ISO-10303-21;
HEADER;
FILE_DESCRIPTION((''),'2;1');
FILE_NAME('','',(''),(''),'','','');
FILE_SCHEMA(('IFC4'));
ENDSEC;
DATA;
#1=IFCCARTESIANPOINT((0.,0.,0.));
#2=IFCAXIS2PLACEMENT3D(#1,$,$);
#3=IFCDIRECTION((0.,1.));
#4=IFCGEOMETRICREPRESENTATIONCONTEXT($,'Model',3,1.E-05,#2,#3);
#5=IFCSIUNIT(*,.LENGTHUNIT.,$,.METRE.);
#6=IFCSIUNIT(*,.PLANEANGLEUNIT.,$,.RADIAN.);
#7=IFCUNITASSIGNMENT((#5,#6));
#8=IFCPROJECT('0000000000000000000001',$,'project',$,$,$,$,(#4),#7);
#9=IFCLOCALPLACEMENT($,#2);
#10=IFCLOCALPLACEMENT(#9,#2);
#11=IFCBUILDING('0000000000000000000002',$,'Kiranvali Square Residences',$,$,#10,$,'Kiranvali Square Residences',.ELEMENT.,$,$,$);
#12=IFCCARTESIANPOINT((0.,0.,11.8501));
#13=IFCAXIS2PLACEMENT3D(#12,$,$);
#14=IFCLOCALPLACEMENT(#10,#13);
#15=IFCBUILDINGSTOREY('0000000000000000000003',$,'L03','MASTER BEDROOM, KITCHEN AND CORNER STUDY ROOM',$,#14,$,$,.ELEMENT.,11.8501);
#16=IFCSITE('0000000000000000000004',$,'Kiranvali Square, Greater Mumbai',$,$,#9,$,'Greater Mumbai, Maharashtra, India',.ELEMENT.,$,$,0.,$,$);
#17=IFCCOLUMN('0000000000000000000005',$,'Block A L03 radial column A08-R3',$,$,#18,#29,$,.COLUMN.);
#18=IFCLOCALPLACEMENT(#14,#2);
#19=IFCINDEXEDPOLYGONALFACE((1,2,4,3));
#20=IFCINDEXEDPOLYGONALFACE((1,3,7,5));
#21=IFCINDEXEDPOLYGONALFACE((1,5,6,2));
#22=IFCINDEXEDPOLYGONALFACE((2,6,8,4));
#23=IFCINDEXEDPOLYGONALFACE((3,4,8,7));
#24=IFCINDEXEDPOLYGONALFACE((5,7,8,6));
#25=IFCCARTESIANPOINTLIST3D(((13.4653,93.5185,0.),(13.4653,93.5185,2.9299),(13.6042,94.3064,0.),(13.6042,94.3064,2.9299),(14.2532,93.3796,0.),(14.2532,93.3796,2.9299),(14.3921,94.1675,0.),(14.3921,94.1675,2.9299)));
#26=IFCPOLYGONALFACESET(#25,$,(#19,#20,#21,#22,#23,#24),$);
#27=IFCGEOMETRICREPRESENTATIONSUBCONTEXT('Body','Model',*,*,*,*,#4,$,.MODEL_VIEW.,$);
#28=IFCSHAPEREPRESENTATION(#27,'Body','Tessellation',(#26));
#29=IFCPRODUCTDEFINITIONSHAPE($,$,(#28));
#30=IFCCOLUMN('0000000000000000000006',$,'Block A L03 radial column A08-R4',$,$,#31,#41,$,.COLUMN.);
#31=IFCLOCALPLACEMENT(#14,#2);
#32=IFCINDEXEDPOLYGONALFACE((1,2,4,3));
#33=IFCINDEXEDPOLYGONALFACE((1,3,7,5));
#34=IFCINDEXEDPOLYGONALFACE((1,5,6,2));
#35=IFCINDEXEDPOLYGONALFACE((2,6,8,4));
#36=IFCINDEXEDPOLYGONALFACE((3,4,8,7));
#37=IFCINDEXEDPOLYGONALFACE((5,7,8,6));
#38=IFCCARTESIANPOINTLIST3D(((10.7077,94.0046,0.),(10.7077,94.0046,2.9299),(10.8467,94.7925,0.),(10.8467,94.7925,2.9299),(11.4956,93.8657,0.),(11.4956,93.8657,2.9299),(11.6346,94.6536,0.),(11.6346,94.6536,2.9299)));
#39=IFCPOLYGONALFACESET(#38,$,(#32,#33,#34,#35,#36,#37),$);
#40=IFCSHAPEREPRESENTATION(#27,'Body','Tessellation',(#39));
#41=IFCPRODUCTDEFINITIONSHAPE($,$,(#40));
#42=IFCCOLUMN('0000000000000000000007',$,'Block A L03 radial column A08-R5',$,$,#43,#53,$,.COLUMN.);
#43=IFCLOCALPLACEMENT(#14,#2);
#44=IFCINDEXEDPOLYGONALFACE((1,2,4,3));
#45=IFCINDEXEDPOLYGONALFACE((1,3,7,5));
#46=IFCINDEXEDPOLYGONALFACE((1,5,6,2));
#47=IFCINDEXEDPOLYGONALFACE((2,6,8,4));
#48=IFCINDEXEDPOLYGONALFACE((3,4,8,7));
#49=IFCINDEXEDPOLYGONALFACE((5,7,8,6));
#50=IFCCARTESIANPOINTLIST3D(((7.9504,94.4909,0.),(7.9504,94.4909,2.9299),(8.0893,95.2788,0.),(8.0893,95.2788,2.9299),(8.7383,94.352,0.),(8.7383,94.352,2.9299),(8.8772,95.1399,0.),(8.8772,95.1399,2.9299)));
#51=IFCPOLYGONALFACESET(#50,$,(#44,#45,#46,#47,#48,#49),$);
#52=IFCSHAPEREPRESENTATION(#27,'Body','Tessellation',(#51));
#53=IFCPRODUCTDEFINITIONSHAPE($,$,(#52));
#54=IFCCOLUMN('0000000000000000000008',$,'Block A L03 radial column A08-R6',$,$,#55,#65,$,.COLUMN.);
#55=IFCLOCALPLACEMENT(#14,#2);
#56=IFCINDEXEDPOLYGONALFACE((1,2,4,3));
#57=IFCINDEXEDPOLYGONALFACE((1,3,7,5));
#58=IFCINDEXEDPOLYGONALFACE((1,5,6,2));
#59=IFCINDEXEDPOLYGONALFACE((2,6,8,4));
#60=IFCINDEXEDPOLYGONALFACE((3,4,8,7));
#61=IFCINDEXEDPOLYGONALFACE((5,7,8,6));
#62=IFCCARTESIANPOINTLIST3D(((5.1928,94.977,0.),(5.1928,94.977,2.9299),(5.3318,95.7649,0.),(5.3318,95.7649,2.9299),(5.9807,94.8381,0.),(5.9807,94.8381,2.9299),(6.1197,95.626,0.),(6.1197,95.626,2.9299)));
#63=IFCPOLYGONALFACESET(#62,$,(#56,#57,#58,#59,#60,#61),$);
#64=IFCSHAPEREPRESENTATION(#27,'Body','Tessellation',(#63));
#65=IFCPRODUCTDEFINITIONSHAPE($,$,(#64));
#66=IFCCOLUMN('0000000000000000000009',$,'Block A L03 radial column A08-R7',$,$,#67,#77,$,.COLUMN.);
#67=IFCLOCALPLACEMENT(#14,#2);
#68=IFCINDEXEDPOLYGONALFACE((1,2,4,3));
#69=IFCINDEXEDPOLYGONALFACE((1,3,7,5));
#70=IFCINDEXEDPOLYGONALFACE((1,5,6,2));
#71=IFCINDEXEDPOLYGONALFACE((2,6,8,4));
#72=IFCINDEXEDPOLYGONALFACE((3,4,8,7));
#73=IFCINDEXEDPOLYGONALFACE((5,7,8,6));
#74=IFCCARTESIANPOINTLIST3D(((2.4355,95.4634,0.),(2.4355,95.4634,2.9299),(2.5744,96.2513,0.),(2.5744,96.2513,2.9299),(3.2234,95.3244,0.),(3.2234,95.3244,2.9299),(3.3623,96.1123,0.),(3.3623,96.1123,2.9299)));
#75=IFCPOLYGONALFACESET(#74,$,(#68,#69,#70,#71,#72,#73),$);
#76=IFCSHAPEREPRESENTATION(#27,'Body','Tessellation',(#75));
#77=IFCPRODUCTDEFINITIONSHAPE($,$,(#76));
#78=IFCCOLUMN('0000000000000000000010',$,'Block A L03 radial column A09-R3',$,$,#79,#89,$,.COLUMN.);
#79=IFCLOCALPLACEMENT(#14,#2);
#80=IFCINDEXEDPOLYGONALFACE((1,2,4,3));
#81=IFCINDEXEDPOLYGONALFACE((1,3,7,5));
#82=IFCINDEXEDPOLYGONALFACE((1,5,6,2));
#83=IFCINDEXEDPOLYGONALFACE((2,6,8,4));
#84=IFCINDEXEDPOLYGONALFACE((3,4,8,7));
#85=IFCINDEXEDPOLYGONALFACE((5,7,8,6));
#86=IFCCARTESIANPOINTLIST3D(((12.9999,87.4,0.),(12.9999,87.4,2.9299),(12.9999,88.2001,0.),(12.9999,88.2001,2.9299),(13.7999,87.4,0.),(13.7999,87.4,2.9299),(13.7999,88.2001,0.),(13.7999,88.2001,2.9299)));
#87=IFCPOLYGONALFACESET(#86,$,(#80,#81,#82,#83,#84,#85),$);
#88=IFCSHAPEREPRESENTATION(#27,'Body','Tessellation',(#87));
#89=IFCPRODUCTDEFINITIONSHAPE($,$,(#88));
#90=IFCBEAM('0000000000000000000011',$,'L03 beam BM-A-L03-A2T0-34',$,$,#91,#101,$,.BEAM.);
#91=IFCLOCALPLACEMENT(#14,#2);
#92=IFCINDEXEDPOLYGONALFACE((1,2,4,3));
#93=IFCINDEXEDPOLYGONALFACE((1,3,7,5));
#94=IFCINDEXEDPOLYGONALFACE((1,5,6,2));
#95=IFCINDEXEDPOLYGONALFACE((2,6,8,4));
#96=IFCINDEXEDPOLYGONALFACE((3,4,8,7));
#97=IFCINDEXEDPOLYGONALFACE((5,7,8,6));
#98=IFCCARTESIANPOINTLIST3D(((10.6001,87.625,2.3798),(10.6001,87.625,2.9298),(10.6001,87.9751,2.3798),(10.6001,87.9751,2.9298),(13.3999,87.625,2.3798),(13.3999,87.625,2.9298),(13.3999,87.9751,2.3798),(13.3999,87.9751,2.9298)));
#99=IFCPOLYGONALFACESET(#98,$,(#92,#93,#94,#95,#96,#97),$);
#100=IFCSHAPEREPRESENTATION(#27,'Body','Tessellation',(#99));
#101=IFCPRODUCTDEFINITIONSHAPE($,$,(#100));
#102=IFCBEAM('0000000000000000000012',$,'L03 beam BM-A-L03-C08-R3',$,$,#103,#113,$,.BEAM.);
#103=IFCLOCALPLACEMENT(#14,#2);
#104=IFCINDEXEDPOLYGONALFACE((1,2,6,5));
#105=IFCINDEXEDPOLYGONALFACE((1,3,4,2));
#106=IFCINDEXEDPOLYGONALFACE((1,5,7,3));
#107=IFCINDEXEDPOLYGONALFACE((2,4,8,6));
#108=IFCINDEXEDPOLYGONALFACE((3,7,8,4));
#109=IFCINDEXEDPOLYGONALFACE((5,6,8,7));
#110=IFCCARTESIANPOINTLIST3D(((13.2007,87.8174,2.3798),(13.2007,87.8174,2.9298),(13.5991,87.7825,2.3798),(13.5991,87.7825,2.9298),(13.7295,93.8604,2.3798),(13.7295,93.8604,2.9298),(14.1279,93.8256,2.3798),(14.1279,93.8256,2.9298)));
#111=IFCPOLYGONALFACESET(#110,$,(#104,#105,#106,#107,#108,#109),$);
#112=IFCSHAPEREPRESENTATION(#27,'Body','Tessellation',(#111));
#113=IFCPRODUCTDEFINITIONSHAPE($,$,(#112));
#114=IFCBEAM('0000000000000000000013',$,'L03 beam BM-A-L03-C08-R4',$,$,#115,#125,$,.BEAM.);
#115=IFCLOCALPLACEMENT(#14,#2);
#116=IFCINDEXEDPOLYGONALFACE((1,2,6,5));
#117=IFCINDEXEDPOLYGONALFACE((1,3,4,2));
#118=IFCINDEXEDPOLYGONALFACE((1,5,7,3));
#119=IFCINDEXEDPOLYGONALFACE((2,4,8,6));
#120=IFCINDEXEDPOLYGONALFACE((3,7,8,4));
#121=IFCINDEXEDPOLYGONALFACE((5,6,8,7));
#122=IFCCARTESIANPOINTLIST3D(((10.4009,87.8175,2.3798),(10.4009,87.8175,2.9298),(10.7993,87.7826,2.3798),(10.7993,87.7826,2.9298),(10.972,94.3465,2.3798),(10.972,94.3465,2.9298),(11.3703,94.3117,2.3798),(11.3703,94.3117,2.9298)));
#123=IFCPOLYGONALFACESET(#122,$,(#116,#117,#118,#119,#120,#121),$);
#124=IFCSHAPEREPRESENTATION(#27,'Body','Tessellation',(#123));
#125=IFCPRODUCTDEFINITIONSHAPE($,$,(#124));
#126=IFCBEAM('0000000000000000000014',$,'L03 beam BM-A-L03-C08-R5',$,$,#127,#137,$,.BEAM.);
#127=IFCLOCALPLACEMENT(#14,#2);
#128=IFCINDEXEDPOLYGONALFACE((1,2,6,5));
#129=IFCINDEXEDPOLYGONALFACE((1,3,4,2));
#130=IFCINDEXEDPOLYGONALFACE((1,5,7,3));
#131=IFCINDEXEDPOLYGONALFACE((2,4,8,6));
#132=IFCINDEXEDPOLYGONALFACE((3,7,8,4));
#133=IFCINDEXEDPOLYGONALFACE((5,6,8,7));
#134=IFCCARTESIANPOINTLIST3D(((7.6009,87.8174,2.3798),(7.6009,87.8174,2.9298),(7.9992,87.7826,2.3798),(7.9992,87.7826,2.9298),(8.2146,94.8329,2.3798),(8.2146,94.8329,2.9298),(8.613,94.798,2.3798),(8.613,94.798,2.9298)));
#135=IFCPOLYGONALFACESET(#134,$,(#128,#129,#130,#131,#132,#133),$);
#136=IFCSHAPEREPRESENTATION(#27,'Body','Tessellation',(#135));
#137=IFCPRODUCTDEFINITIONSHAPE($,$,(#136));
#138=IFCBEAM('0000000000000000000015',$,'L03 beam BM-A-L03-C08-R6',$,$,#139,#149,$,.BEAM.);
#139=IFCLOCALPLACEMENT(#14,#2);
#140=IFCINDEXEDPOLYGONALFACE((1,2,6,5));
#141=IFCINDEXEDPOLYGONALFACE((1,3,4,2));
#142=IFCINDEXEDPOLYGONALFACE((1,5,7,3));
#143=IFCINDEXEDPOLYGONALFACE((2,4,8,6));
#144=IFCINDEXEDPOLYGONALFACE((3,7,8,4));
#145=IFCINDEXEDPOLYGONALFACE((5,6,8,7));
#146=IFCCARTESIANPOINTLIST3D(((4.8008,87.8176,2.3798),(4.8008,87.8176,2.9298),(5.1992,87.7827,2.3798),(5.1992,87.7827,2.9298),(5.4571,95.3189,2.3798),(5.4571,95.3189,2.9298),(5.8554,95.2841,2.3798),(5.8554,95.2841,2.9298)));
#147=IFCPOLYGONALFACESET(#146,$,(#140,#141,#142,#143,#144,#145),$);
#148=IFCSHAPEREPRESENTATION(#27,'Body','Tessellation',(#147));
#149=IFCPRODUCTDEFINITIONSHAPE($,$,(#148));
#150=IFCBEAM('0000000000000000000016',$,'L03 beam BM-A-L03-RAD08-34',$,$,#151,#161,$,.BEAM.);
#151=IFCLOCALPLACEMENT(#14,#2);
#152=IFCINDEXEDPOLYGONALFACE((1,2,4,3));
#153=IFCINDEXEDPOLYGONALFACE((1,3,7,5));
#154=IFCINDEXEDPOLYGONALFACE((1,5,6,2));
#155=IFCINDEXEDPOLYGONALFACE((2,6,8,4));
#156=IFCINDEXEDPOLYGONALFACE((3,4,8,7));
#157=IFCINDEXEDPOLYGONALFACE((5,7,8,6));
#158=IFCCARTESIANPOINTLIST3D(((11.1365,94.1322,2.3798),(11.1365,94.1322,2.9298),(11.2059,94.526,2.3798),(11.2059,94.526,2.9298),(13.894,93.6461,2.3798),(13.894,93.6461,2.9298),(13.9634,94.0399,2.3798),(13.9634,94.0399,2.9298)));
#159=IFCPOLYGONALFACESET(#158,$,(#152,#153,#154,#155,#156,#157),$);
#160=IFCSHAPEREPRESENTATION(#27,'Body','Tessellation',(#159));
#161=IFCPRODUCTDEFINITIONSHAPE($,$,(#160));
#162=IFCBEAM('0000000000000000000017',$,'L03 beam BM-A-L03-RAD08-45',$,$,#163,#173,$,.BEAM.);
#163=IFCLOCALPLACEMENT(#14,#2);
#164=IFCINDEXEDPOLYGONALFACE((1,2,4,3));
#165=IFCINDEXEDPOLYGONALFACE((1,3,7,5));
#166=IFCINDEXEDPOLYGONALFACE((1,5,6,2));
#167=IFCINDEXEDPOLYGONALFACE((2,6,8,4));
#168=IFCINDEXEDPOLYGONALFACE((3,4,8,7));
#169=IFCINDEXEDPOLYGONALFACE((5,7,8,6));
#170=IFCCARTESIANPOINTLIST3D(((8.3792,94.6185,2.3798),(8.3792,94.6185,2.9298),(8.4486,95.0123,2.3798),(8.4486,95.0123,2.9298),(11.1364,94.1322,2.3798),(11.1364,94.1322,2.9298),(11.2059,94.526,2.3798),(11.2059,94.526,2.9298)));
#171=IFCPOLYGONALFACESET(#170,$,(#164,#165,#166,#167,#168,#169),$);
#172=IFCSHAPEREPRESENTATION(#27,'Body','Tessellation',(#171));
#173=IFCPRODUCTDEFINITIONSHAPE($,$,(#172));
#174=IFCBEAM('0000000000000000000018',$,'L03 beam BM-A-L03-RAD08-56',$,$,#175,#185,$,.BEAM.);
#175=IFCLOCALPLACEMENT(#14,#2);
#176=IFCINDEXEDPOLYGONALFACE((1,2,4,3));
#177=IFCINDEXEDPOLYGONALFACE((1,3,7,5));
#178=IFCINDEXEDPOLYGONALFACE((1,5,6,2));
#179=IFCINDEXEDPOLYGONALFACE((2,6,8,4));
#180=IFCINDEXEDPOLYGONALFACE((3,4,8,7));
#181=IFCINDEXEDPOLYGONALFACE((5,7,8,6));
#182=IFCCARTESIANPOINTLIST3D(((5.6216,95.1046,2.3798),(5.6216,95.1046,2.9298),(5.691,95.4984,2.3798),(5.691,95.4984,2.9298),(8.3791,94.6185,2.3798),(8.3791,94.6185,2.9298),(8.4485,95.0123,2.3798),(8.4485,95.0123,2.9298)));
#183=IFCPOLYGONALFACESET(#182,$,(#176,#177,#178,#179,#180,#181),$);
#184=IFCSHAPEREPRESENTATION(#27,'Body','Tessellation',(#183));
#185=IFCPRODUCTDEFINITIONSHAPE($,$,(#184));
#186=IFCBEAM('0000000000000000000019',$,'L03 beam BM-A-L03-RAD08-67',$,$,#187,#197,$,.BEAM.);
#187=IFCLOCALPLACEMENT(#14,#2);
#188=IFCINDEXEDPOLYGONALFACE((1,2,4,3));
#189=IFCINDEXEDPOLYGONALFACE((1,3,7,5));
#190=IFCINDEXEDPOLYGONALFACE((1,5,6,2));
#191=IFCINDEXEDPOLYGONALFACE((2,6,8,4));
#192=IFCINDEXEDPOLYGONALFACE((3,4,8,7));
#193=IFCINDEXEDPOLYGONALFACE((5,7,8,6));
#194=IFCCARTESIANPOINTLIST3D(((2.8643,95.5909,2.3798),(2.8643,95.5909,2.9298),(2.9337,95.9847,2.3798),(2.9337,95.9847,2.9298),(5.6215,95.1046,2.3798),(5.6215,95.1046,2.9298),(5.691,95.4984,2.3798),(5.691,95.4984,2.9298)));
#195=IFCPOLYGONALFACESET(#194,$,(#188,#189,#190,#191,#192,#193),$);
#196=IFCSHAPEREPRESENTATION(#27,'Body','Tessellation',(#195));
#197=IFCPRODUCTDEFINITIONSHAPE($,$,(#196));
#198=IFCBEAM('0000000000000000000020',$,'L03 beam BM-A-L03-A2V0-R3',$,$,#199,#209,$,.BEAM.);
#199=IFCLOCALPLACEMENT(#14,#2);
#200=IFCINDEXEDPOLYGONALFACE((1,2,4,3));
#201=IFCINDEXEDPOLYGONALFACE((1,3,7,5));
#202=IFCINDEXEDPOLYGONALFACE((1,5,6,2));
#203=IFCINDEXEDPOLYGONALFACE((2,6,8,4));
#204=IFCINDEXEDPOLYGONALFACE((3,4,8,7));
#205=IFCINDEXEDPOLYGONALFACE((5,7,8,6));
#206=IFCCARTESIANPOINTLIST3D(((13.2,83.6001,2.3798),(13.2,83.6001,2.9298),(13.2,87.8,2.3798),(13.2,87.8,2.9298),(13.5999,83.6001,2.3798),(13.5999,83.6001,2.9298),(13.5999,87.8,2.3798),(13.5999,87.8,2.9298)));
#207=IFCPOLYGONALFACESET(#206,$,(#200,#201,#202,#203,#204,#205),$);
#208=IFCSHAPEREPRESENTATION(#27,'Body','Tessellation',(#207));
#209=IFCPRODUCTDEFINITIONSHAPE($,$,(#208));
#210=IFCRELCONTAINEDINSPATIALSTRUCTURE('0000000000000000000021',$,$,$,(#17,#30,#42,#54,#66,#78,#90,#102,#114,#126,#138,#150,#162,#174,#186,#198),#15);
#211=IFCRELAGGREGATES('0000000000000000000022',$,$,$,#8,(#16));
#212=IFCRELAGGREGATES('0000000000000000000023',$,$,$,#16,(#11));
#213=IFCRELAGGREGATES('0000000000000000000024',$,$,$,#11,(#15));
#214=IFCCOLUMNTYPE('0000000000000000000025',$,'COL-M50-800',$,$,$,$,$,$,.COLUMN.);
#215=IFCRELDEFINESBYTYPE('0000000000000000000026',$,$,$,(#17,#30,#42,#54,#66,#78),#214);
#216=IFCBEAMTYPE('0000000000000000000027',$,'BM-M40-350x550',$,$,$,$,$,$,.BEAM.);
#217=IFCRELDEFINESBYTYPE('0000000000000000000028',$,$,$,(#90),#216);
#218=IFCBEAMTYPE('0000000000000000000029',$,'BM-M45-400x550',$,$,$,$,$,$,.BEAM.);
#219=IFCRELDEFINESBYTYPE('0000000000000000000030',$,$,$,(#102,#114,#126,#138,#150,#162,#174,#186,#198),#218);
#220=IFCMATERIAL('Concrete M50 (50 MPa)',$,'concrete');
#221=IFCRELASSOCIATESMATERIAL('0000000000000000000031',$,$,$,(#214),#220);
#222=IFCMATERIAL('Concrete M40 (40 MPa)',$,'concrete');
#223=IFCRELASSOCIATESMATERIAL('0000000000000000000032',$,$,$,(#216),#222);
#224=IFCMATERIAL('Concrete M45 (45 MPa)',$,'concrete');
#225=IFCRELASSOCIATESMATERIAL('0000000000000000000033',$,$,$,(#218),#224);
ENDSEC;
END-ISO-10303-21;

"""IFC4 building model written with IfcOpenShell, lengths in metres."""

from ifc_helpers import new_model, si_unit, direction, frame, origin, origin_2d, place, context, subcontext, project, spatial, rectangle, extrude, material, material_profile, profile_set, type_object, element, save


model = new_model("IFC4")

# Units and contexts
model_context = context("Model", 3, precision=1e-05, world=origin(), true_north=direction((0.0, 1.0)))
body_context = subcontext(model_context, "Body", "Model", "MODEL_VIEW")
ifc_project = project(units=[si_unit("LENGTHUNIT", "METRE"), si_unit("PLANEANGLEUNIT", "RADIAN")], contexts=[model_context])

# Site, building, storey
site_placement = place(None, origin())
site = spatial("IfcSite", under=ifc_project, at=site_placement, Name="Kiranvali Square, Greater Mumbai", LongName="Greater Mumbai, Maharashtra, India", CompositionType="ELEMENT", RefElevation=0.0)
building_placement = place(site_placement, origin())
building = spatial("IfcBuilding", under=site, at=building_placement, Name="Kiranvali Square Residences", LongName="Kiranvali Square Residences", CompositionType="ELEMENT")
storey_placement = place(building_placement, frame((0.0, 0.0, 11.8501)))
storey = spatial("IfcBuildingStorey", under=building, at=storey_placement, Name="L03", Description="MASTER BEDROOM, KITCHEN AND CORNER STUDY ROOM", CompositionType="ELEMENT", Elevation=11.8501)

# Columns
ifc_material_1 = material(Name="Concrete M50 (50 MPa)", Category="concrete")
ifc_material_profile_1 = material_profile(ifc_material_1, rectangle(XDim=0.8, YDim=0.8, at=origin_2d()), Name="RC 800x800")
ifc_profile_set_1 = profile_set([ifc_material_profile_1], Name="Concrete M50 (50 MPa)")
column_type = type_object("IfcColumnType", Name="COL-M50-800", PredefinedType="COLUMN", material=ifc_profile_set_1)
for number, where, z_axis, x_axis, name in (
    (1, (13.9287, 93.843, 0.0), (0.0, 0.0, 1.0), (0.173648, 0.984808, 0.0), "Block A L03 radial column A08-R3"),
    (2, (11.1711, 94.3291, 0.0), (0.0, 0.0, 1.0), (0.173648, 0.984808, 0.0), "Block A L03 radial column A08-R4"),
    (3, (8.4138, 94.8154, 0.0), (0.0, 0.0, 1.0), (0.173648, 0.984808, 0.0), "Block A L03 radial column A08-R5"),
    (4, (5.6562, 95.3015, 0.0), (0.0, 0.0, 1.0), (0.173648, 0.984808, 0.0), "Block A L03 radial column A08-R6"),
    (5, (2.8989, 95.7878, 0.0), (0.0, 0.0, 1.0), (0.173648, 0.984808, 0.0), "Block A L03 radial column A08-R7"),
    (6, (13.3999, 87.8, 0.0), (0.0, 0.0, 1.0), (0.0, 1.0, 0.0), "Block A L03 radial column A09-R3"),
):
    element("IfcColumn", number, at=place(storey_placement, frame(where, z_axis=z_axis, x_axis=x_axis)), inside=storey, type_object=column_type, Name=name, PredefinedType="COLUMN", context=body_context, shape_type="SweptSolid", body=[
        extrude(rectangle(XDim=0.8, YDim=0.8, at=origin_2d()), origin(), (0.0, 0.0, 1.0), 2.9299),
    ])

# Beams
ifc_material_2 = material(Name="Concrete M40 (40 MPa)", Category="concrete")
ifc_material_profile_2 = material_profile(ifc_material_2, rectangle(XDim=0.3501, YDim=0.55, at=origin_2d()), Name="RC 350x550")
ifc_profile_set_2 = profile_set([ifc_material_profile_2], Name="Concrete M40 (40 MPa)")
beam_type_1 = type_object("IfcBeamType", Name="BM-M40-350x550", PredefinedType="BEAM", material=ifc_profile_set_2)
beam_1_placement = place(storey_placement, frame((13.3999, 87.8, 2.6548), z_axis=(-1.0, 0.0, 0.0), x_axis=(0.0, -1.0, 0.0)))
element("IfcBeam", 7, at=beam_1_placement, inside=storey, type_object=beam_type_1, Name="L03 beam BM-A-L03-A2T0-34", PredefinedType="BEAM", context=body_context, shape_type="SweptSolid", body=[
    extrude(rectangle(XDim=0.3501, YDim=0.55, at=origin_2d()), origin(), (0.0, 0.0, 1.0), 2.7998),
])
ifc_material_3 = material(Name="Concrete M45 (45 MPa)", Category="concrete")
ifc_material_profile_3 = material_profile(ifc_material_3, rectangle(XDim=0.3999, YDim=0.55, at=origin_2d()), Name="RC 400x550")
ifc_profile_set_3 = profile_set([ifc_material_profile_3], Name="Concrete M45 (45 MPa)")
beam_type_2 = type_object("IfcBeamType", Name="BM-M45-400x550", PredefinedType="BEAM", material=ifc_profile_set_3)
beam_2_placement = place(storey_placement, frame((13.9287, 93.843, 2.6548), z_axis=(-0.087175, -0.996193, 0.0), x_axis=(0.996193, -0.087175, 0.0)))
element("IfcBeam", 8, at=beam_2_placement, inside=storey, type_object=beam_type_2, Name="L03 beam BM-A-L03-C08-R3", PredefinedType="BEAM", context=body_context, shape_type="SweptSolid", body=[
    extrude(rectangle(XDim=0.3999, YDim=0.55, at=origin_2d()), origin(), (0.0, 0.0, 1.0), 6.0662),
])
beam_3_placement = place(storey_placement, frame((11.1711, 94.3291, 2.6548), z_axis=(-0.08713, -0.996197, 0.0), x_axis=(0.996197, -0.08713, 0.0)))
element("IfcBeam", 9, at=beam_3_placement, inside=storey, type_object=beam_type_2, Name="L03 beam BM-A-L03-C08-R4", PredefinedType="BEAM", context=body_context, shape_type="SweptSolid", body=[
    extrude(rectangle(XDim=0.3999, YDim=0.55, at=origin_2d()), origin(), (0.0, 0.0, 1.0), 6.554),
])
beam_4_placement = place(storey_placement, frame((8.4138, 94.8154, 2.6548), z_axis=(-0.087156, -0.996195, 0.0), x_axis=(0.996195, -0.087156, 0.0)))
element("IfcBeam", 10, at=beam_4_placement, inside=storey, type_object=beam_type_2, Name="L03 beam BM-A-L03-C08-R5", PredefinedType="BEAM", context=body_context, shape_type="SweptSolid", body=[
    extrude(rectangle(XDim=0.3999, YDim=0.55, at=origin_2d()), origin(), (0.0, 0.0, 1.0), 7.0422),
])
beam_5_placement = place(storey_placement, frame((5.6562, 95.3015, 2.6548), z_axis=(-0.08715, -0.996195, 0.0), x_axis=(0.996195, -0.08715, 0.0)))
element("IfcBeam", 11, at=beam_5_placement, inside=storey, type_object=beam_type_2, Name="L03 beam BM-A-L03-C08-R6", PredefinedType="BEAM", context=body_context, shape_type="SweptSolid", body=[
    extrude(rectangle(XDim=0.3999, YDim=0.55, at=origin_2d()), origin(), (0.0, 0.0, 1.0), 7.53),
])
beam_6_placement = place(storey_placement, frame((13.9287, 93.843, 2.6548), z_axis=(-0.984817, 0.173596, 0.0), x_axis=(-0.173596, -0.984817, 0.0)))
element("IfcBeam", 12, at=beam_6_placement, inside=storey, type_object=beam_type_2, Name="L03 beam BM-A-L03-RAD08-34", PredefinedType="BEAM", context=body_context, shape_type="SweptSolid", body=[
    extrude(rectangle(XDim=0.3999, YDim=0.55, at=origin_2d()), origin(), (0.0, 0.0, 1.0), 2.8),
])
beam_7_placement = place(storey_placement, frame((11.1711, 94.3291, 2.6548), z_axis=(-0.984799, 0.173696, 0.0), x_axis=(-0.173696, -0.984799, 0.0)))
element("IfcBeam", 13, at=beam_7_placement, inside=storey, type_object=beam_type_2, Name="L03 beam BM-A-L03-RAD08-45", PredefinedType="BEAM", context=body_context, shape_type="SweptSolid", body=[
    extrude(rectangle(XDim=0.3999, YDim=0.55, at=origin_2d()), origin(), (0.0, 0.0, 1.0), 2.7998),
])
beam_8_placement = place(storey_placement, frame((8.4138, 94.8154, 2.6548), z_axis=(-0.984817, 0.173596, 0.0), x_axis=(-0.173596, -0.984817, 0.0)))
element("IfcBeam", 14, at=beam_8_placement, inside=storey, type_object=beam_type_2, Name="L03 beam BM-A-L03-RAD08-56", PredefinedType="BEAM", context=body_context, shape_type="SweptSolid", body=[
    extrude(rectangle(XDim=0.3999, YDim=0.55, at=origin_2d()), origin(), (0.0, 0.0, 1.0), 2.8),
])
beam_9_placement = place(storey_placement, frame((5.6562, 95.3015, 2.6548), z_axis=(-0.984799, 0.173696, 0.0), x_axis=(-0.173696, -0.984799, 0.0)))
element("IfcBeam", 15, at=beam_9_placement, inside=storey, type_object=beam_type_2, Name="L03 beam BM-A-L03-RAD08-67", PredefinedType="BEAM", context=body_context, shape_type="SweptSolid", body=[
    extrude(rectangle(XDim=0.3999, YDim=0.55, at=origin_2d()), origin(), (0.0, 0.0, 1.0), 2.7998),
])
beam_10_placement = place(storey_placement, frame((13.3999, 87.8, 2.6548), z_axis=(0.0, -1.0, 0.0), x_axis=(1.0, 0.0, 0.0)))
element("IfcBeam", 16, at=beam_10_placement, inside=storey, type_object=beam_type_2, Name="L03 beam BM-A-L03-A2V0-R3", PredefinedType="BEAM", context=body_context, shape_type="SweptSolid", body=[
    extrude(rectangle(XDim=0.3999, YDim=0.55, at=origin_2d()), origin(), (0.0, 0.0, 1.0), 4.2),
])

save(model, "model.ifc")
